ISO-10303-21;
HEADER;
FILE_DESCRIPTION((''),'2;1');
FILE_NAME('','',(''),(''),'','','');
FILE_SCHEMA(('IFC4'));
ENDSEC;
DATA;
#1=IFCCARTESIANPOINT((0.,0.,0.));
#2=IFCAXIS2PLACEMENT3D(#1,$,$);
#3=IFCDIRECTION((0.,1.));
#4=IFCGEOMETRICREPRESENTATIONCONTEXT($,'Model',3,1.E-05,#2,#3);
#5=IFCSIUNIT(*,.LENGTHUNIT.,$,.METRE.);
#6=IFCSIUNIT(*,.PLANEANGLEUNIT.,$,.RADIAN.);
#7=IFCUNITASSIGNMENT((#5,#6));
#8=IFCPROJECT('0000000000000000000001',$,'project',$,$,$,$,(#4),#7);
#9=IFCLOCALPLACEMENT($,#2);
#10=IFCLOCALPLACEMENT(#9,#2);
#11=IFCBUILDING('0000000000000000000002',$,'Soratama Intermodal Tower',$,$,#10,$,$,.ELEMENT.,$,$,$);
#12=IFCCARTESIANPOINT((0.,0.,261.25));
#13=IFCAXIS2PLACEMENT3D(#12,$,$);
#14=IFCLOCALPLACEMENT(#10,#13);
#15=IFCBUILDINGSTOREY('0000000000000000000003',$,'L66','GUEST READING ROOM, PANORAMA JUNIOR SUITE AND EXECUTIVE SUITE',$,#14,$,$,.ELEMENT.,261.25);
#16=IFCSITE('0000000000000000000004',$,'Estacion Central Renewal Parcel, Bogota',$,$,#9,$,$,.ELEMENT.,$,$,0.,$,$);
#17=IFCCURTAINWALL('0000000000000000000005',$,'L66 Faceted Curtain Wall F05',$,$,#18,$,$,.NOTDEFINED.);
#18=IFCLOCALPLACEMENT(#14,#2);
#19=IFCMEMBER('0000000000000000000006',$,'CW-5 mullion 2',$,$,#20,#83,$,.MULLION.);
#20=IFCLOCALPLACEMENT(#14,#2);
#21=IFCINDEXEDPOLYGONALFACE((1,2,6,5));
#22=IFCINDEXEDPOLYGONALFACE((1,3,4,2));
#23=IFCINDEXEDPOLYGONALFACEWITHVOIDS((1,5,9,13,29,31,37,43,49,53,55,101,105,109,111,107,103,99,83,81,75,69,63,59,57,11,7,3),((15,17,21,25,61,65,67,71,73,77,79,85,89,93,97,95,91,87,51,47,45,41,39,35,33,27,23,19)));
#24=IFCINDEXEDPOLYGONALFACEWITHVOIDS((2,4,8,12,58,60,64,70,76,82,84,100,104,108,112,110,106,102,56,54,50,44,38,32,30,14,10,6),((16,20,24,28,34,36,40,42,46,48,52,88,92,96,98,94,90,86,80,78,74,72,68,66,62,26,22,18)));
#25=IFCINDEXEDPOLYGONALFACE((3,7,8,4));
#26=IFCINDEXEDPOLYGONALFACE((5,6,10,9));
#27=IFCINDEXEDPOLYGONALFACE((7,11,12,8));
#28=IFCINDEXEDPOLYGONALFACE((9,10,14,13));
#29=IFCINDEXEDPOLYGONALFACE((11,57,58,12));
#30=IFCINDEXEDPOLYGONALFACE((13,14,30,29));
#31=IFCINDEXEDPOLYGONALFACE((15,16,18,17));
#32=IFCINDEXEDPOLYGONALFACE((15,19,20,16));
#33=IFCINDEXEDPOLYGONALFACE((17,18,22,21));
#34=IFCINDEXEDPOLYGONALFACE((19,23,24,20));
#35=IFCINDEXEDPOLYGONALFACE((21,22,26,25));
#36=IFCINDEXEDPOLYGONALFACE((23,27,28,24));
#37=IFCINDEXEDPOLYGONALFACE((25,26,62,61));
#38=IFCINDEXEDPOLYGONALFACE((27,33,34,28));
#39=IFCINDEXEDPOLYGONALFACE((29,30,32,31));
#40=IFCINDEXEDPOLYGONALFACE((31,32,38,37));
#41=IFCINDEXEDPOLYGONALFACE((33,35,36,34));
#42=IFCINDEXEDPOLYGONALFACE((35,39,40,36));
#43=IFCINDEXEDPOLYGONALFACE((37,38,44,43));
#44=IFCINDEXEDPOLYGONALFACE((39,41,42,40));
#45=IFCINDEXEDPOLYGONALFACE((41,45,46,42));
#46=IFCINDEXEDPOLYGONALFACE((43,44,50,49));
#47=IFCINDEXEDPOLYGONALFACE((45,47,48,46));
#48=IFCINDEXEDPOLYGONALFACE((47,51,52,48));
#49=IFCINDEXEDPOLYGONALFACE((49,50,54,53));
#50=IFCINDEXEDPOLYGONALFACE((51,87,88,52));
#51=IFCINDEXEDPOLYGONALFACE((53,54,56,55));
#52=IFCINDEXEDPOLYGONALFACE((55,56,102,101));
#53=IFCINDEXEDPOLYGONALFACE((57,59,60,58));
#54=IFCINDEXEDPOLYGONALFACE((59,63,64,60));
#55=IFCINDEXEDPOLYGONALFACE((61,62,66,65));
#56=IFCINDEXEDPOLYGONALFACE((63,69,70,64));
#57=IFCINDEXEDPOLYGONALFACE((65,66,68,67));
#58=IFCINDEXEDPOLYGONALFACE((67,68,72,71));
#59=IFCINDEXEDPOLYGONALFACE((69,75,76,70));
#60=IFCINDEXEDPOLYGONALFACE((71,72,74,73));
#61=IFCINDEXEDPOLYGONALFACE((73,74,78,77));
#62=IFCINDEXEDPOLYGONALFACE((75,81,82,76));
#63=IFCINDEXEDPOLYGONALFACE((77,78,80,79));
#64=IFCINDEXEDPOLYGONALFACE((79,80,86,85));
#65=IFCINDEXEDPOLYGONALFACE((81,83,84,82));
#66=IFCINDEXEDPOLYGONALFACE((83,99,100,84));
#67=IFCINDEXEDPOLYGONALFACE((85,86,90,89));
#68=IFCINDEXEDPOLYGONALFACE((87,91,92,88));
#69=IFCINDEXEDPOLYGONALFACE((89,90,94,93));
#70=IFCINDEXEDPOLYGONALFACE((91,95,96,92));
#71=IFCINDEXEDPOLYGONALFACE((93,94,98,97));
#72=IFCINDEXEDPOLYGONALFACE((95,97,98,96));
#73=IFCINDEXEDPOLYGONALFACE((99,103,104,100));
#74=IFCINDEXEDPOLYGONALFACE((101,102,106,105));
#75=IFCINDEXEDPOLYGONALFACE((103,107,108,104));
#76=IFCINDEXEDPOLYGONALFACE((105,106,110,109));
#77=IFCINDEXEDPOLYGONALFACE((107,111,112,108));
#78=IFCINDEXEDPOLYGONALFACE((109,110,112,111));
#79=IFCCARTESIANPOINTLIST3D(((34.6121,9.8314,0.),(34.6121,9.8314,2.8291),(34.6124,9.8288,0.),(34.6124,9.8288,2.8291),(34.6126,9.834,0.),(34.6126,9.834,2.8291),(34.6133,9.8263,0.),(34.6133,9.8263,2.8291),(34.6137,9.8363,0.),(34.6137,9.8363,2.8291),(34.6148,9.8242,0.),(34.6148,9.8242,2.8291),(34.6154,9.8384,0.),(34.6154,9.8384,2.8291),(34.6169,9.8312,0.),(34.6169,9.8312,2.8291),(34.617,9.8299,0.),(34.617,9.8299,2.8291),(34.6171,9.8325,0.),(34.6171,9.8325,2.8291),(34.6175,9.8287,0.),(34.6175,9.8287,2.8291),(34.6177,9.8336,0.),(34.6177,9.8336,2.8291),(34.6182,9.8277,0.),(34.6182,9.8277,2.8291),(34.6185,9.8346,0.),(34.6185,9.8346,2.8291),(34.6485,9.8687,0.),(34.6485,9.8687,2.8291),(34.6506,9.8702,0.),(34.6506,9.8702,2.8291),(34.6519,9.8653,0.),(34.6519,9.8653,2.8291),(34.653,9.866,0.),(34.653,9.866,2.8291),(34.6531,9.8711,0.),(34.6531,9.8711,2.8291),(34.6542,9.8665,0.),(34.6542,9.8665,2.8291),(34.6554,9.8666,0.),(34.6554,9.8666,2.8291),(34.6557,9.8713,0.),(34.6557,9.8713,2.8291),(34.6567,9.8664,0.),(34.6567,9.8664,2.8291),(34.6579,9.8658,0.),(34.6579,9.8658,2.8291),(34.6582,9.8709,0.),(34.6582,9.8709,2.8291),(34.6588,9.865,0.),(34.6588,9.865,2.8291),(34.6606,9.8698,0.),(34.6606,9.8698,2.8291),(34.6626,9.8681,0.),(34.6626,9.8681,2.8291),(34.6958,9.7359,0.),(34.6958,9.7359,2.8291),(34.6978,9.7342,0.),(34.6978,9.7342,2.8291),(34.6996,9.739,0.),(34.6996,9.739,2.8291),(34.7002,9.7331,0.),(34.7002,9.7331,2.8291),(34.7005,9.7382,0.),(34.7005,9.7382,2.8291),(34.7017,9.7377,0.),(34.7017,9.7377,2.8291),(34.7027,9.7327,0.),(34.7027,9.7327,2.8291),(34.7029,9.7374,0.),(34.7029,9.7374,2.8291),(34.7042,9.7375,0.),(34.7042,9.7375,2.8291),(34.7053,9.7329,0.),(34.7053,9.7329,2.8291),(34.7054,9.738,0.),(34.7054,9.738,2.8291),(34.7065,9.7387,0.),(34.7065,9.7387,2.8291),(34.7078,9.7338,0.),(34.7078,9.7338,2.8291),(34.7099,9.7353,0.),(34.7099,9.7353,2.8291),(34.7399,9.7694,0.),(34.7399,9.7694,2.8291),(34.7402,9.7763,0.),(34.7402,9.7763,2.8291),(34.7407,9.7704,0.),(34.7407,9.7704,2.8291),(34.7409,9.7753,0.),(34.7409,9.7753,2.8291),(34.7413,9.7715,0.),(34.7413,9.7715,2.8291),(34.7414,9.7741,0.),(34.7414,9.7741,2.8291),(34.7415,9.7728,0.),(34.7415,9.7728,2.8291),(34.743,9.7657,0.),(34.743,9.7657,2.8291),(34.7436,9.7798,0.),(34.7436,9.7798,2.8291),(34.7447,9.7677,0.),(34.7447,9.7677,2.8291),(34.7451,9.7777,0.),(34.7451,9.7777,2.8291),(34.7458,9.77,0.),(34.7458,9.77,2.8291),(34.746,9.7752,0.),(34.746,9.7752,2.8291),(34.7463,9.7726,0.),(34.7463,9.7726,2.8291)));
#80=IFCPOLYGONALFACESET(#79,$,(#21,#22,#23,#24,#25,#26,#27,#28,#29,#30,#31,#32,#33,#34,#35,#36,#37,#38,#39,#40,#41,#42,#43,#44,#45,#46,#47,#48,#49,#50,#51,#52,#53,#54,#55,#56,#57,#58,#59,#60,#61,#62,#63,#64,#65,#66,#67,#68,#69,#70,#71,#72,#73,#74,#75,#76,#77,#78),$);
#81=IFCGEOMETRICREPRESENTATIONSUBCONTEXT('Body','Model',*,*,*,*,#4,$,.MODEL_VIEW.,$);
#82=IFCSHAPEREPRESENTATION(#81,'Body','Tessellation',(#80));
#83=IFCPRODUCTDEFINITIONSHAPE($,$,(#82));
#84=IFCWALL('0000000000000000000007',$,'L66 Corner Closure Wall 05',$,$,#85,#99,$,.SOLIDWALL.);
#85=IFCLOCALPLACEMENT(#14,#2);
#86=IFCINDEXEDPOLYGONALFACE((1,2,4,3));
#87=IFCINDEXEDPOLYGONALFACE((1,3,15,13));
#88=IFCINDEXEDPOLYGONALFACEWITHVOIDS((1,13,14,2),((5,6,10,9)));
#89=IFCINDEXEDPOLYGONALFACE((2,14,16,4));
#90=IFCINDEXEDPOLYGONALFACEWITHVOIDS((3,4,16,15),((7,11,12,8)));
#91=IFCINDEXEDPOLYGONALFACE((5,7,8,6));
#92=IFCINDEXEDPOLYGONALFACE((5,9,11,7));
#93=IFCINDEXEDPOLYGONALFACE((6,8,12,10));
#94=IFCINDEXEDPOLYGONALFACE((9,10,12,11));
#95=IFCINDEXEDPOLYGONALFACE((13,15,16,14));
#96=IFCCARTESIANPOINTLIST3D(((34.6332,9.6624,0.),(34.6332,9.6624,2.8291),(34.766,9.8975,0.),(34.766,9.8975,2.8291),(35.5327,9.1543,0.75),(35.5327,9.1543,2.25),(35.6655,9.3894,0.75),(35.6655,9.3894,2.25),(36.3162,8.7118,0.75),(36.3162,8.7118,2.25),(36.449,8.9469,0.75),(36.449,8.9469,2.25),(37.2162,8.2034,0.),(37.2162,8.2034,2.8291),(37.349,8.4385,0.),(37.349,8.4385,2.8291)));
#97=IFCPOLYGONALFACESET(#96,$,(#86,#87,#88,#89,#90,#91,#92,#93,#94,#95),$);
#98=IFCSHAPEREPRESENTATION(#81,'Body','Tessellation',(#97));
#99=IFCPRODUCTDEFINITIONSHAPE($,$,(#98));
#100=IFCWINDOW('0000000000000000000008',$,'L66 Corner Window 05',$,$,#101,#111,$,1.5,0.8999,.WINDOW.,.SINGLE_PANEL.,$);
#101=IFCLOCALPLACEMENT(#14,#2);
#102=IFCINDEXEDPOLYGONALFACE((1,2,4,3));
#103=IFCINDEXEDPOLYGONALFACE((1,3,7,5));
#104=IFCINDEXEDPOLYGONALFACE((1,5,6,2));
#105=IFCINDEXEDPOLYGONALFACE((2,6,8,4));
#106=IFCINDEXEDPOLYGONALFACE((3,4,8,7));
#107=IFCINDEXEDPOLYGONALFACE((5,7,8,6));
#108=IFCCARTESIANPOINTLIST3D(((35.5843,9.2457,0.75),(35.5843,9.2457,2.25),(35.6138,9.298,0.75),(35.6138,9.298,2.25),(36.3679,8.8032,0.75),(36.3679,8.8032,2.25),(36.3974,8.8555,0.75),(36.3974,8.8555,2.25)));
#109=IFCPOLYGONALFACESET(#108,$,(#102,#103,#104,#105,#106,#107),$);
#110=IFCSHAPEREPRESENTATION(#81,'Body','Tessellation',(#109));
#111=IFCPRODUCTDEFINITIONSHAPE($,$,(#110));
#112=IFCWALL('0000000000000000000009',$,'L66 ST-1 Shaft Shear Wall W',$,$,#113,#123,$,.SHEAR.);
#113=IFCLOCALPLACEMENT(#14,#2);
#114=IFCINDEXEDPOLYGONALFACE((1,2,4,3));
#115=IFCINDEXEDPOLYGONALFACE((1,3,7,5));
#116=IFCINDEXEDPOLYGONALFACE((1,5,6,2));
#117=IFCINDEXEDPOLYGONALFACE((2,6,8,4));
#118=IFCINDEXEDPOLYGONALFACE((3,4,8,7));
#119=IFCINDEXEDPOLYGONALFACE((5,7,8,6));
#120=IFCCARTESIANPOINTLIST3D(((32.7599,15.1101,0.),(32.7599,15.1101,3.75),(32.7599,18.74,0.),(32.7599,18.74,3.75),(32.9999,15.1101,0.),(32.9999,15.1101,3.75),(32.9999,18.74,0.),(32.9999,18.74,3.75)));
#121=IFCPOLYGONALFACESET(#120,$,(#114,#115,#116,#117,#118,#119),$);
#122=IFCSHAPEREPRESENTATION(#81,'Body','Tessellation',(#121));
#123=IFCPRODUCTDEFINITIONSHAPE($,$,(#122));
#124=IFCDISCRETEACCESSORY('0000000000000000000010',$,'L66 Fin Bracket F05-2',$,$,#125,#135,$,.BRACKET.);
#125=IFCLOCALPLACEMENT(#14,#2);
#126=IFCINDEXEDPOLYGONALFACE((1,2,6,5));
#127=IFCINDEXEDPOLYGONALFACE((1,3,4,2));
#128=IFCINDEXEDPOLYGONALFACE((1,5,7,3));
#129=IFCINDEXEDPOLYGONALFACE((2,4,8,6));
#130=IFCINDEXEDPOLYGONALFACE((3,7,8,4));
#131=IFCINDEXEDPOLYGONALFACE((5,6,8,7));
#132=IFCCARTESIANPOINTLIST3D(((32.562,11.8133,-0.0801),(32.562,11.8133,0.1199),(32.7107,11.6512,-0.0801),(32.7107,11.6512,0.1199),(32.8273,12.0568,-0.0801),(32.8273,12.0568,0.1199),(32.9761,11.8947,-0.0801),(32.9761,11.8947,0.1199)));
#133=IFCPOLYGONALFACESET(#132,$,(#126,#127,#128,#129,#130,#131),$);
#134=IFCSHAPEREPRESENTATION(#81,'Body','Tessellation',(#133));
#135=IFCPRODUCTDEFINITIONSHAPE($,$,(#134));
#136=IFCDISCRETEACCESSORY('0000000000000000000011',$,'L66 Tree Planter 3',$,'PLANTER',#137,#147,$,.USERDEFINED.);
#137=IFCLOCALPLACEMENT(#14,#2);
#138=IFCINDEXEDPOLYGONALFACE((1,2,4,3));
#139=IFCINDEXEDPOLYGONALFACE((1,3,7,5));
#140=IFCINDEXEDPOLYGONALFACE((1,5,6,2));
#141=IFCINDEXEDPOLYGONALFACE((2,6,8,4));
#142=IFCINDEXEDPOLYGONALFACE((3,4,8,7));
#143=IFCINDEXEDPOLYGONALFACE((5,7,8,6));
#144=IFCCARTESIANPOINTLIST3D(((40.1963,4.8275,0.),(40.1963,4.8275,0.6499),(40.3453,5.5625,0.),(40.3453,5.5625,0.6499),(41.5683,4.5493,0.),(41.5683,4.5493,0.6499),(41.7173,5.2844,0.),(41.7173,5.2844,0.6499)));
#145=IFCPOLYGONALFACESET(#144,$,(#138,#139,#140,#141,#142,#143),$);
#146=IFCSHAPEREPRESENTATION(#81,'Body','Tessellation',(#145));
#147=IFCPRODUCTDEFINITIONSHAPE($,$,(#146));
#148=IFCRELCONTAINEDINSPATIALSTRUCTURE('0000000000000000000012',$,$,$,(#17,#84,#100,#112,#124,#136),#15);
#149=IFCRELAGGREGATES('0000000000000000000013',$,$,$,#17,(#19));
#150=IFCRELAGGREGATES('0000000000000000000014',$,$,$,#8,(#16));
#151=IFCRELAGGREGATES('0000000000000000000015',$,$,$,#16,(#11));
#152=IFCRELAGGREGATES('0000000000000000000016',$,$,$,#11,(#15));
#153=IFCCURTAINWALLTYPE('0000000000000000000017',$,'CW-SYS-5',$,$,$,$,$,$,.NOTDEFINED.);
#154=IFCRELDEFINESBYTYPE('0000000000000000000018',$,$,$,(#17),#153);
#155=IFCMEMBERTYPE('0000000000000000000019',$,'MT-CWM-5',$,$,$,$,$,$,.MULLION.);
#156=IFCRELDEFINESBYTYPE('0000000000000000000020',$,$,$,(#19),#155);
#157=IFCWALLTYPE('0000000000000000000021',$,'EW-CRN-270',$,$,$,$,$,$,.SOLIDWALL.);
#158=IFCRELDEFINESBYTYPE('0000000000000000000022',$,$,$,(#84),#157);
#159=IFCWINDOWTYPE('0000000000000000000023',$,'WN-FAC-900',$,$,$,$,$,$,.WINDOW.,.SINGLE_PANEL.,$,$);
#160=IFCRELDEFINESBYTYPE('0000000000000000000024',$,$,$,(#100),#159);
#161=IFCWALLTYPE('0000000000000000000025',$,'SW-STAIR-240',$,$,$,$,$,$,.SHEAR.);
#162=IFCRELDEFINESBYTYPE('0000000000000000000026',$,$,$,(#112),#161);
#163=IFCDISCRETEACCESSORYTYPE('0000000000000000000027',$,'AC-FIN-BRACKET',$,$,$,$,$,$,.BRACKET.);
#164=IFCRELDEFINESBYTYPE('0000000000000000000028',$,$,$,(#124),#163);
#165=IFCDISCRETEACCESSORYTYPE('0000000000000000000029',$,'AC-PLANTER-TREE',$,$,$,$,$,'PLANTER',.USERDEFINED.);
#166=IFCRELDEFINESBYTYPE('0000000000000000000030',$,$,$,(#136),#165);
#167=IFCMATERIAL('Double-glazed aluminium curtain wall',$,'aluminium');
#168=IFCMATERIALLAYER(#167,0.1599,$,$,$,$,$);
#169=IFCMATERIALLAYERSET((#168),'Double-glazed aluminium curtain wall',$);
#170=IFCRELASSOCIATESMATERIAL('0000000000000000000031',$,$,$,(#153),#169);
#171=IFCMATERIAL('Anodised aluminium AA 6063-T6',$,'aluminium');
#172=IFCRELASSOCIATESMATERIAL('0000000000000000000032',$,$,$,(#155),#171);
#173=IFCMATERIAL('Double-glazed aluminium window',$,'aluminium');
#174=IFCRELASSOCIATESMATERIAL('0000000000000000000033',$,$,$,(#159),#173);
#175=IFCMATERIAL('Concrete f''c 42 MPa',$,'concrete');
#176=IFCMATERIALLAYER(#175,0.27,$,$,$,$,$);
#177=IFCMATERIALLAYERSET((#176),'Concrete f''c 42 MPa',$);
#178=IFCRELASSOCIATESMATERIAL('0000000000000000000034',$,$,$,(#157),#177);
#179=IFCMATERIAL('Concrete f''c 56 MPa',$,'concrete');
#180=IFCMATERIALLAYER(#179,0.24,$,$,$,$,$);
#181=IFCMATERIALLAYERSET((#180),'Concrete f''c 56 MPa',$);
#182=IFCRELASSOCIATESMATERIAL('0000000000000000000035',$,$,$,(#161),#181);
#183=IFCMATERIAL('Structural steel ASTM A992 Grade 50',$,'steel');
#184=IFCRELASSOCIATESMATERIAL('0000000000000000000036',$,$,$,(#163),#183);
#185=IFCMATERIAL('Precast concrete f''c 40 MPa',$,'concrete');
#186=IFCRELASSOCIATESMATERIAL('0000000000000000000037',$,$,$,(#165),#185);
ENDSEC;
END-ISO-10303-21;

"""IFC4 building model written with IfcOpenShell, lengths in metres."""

from ifc_helpers import new_model, si_unit, direction, frame, frame_2d, origin, origin_2d, place, context, subcontext, project, spatial, rectangle, hollow_rectangle, extrude, material, layer, layer_set, material_profile, profile_set, type_object, element, fill, aggregate, save


model = new_model("IFC4")

# Units and contexts
model_context = context("Model", 3, precision=1e-05, world=origin(), true_north=direction((0.0, 1.0)))
body_context = subcontext(model_context, "Body", "Model", "MODEL_VIEW")
ifc_project = project(units=[si_unit("LENGTHUNIT", "METRE"), si_unit("PLANEANGLEUNIT", "RADIAN")], contexts=[model_context])

# Site, building, storey
site_placement = place(None, origin())
site = spatial("IfcSite", under=ifc_project, at=site_placement, Name="Estacion Central Renewal Parcel, Bogota", CompositionType="ELEMENT", RefElevation=0.0)
building_placement = place(site_placement, origin())
building = spatial("IfcBuilding", under=site, at=building_placement, Name="Soratama Intermodal Tower", CompositionType="ELEMENT")
storey_placement = place(building_placement, frame((0.0, 0.0, 261.25)))
storey = spatial("IfcBuildingStorey", under=building, at=storey_placement, Name="L66", Description="GUEST READING ROOM, PANORAMA JUNIOR SUITE AND EXECUTIVE SUITE", CompositionType="ELEMENT", Elevation=261.25)

# Curtain wall, member
ifc_material_1 = material(Name="Double-glazed aluminium curtain wall", Category="aluminium")
ifc_layer_1 = layer(ifc_material_1, 0.1599)
ifc_layer_set_1 = layer_set([ifc_layer_1], Name="Double-glazed aluminium curtain wall")
curtain_wall_type = type_object("IfcCurtainWallType", Name="CW-SYS-5", PredefinedType="NOTDEFINED", material=ifc_layer_set_1)
curtain_wall_placement = place(storey_placement, origin())
curtain_wall = element("IfcCurtainWall", 1, at=curtain_wall_placement, inside=storey, type_object=curtain_wall_type, Name="L66 Faceted Curtain Wall F05", PredefinedType="NOTDEFINED")
ifc_material_2 = material(Name="Anodised aluminium AA 6063-T6", Category="aluminium")
ifc_material_profile_1 = material_profile(ifc_material_2, hollow_rectangle(XDim=0.0649, YDim=0.1399, WallThickness=0.0049, InnerFilletRadius=0.0049, OuterFilletRadius=0.01, at=origin_2d()), Name="CWM140X65X5")
ifc_profile_set_1 = profile_set([ifc_material_profile_1], Name="Anodised aluminium AA 6063-T6")
member_type = type_object("IfcMemberType", Name="MT-CWM-5", PredefinedType="MULLION", material=ifc_profile_set_1)
member_placement = place(storey_placement, frame((34.6792, 9.802, 0.0), z_axis=(0.0, 0.0, 1.0), x_axis=(0.736803, 0.676108, 0.0)))
member = element("IfcMember", 2, at=member_placement, type_object=member_type, Name="CW-5 mullion 2", PredefinedType="MULLION", context=body_context, shape_type="SweptSolid", body=[
    extrude(hollow_rectangle(XDim=0.0649, YDim=0.1399, WallThickness=0.0049, InnerFilletRadius=0.0049, OuterFilletRadius=0.01, at=origin_2d()), origin(), (0.0, 0.0, 1.0), 2.8291),
])
aggregate(curtain_wall, [member])

# Shared definitions
ifc_material_3 = material(Name="Double-glazed aluminium window", Category="aluminium")
window_type_1 = type_object("IfcWindowType", Name="WN-FAC-900", PartitioningType="SINGLE_PANEL", PredefinedType="WINDOW", material=ifc_material_3)

# Wall, opening, window
ifc_material_4 = material(Name="Concrete f'c 42 MPa", Category="concrete")
ifc_layer_2 = layer(ifc_material_4, 0.27)
ifc_layer_set_2 = layer_set([ifc_layer_2], Name="Concrete f'c 42 MPa")
wall_type_1 = type_object("IfcWallType", Name="EW-CRN-270", PredefinedType="SOLIDWALL", material=ifc_layer_set_2)
wall_1_placement = place(storey_placement, frame((34.6995, 9.78, 0.0), z_axis=(0.0, 0.0, 1.0), x_axis=(0.870704, -0.491808, 0.0)))
wall_1 = element("IfcWall", 3, at=wall_1_placement, inside=storey, type_object=wall_type_1, Name="L66 Corner Closure Wall 05", PredefinedType="SOLIDWALL", context=body_context, shape_type="SweptSolid", body=[
    extrude(rectangle(XDim=2.9666, YDim=0.27, at=frame_2d((1.4834, 0.0))), origin(), (0.0, 0.0, 1.0), 2.8291),
])
opening_1_placement = place(wall_1_placement, frame((1.0332, 0.0, 0.75)))
opening_1 = element("IfcOpeningElement", 4, at=opening_1_placement, cuts=wall_1, PredefinedType="OPENING", context=body_context, shape_type="SweptSolid", body=[
    extrude(rectangle(XDim=0.8999, YDim=1.5, at=frame_2d((0.45, 0.75))), frame((0.0, 0.145, 0.0), z_axis=(0.0, -1.0, 0.0), x_axis=(1.0, 0.0, 0.0)), (0.0, 0.0, 1.0), 0.29),
])
window_1_placement = place(opening_1_placement, origin())
window_1 = element("IfcWindow", 5, at=window_1_placement, inside=storey, type_object=window_type_1, Name="L66 Corner Window 05", OverallHeight=1.5, OverallWidth=0.8999, PartitioningType="SINGLE_PANEL", PredefinedType="WINDOW", context=body_context, shape_type="SweptSolid", body=[
    extrude(rectangle(XDim=0.8999, YDim=1.5, at=frame_2d((0.45, 0.75))), frame((0.0, 0.03, 0.0), z_axis=(0.0, -1.0, 0.0), x_axis=(1.0, 0.0, 0.0)), (0.0, 0.0, 1.0), 0.0601),
])
fill(opening_1, window_1)

# Wall
ifc_material_5 = material(Name="Concrete f'c 56 MPa", Category="concrete")
ifc_layer_3 = layer(ifc_material_5, 0.24)
ifc_layer_set_3 = layer_set([ifc_layer_3], Name="Concrete f'c 56 MPa")
wall_type_2 = type_object("IfcWallType", Name="SW-STAIR-240", PredefinedType="SHEAR", material=ifc_layer_set_3)
wall_2_placement = place(storey_placement, frame((32.8799, 15.1101, 0.0), z_axis=(0.0, 0.0, 1.0), x_axis=(0.0, 1.0, 0.0)))
element("IfcWall", 6, at=wall_2_placement, inside=storey, type_object=wall_type_2, Name="L66 ST-1 Shaft Shear Wall W", PredefinedType="SHEAR", context=body_context, shape_type="SweptSolid", body=[
    extrude(rectangle(XDim=3.6299, YDim=0.24, at=frame_2d((1.8149, 0.0))), origin(), (0.0, 0.0, 1.0), 3.75),
])

# Discrete accessories
ifc_material_6 = material(Name="Structural steel ASTM A992 Grade 50", Category="steel")
discrete_accessory_type_1 = type_object("IfcDiscreteAccessoryType", Name="AC-FIN-BRACKET", PredefinedType="BRACKET", material=ifc_material_6)
discrete_accessory_1_placement = place(storey_placement, frame((32.769, 11.854, -0.0801), z_axis=(0.0, 0.0, 1.0), x_axis=(-0.736806, -0.676105, 0.0)))
element("IfcDiscreteAccessory", 7, at=discrete_accessory_1_placement, inside=storey, type_object=discrete_accessory_type_1, Name="L66 Fin Bracket F05-2", PredefinedType="BRACKET", context=body_context, shape_type="SweptSolid", body=[
    extrude(rectangle(XDim=0.3601, YDim=0.22, at=origin_2d()), origin(), (0.0, 0.0, 1.0), 0.2),
])
ifc_material_7 = material(Name="Precast concrete f'c 40 MPa", Category="concrete")
discrete_accessory_type_2 = type_object("IfcDiscreteAccessoryType", Name="AC-PLANTER-TREE", ElementType="PLANTER", PredefinedType="USERDEFINED", material=ifc_material_7)
discrete_accessory_2_placement = place(storey_placement, frame((40.9568, 5.0559, 0.0), z_axis=(0.0, 0.0, 1.0), x_axis=(-0.198684, -0.980064, 0.0)))
element("IfcDiscreteAccessory", 8, at=discrete_accessory_2_placement, inside=storey, type_object=discrete_accessory_type_2, Name="L66 Tree Planter 3", ObjectType="PLANTER", PredefinedType="USERDEFINED", context=body_context, shape_type="SweptSolid", body=[
    extrude(rectangle(XDim=0.75, YDim=1.3999, at=origin_2d()), origin(), (0.0, 0.0, 1.0), 0.6499),
])

save(model, "model.ifc")
